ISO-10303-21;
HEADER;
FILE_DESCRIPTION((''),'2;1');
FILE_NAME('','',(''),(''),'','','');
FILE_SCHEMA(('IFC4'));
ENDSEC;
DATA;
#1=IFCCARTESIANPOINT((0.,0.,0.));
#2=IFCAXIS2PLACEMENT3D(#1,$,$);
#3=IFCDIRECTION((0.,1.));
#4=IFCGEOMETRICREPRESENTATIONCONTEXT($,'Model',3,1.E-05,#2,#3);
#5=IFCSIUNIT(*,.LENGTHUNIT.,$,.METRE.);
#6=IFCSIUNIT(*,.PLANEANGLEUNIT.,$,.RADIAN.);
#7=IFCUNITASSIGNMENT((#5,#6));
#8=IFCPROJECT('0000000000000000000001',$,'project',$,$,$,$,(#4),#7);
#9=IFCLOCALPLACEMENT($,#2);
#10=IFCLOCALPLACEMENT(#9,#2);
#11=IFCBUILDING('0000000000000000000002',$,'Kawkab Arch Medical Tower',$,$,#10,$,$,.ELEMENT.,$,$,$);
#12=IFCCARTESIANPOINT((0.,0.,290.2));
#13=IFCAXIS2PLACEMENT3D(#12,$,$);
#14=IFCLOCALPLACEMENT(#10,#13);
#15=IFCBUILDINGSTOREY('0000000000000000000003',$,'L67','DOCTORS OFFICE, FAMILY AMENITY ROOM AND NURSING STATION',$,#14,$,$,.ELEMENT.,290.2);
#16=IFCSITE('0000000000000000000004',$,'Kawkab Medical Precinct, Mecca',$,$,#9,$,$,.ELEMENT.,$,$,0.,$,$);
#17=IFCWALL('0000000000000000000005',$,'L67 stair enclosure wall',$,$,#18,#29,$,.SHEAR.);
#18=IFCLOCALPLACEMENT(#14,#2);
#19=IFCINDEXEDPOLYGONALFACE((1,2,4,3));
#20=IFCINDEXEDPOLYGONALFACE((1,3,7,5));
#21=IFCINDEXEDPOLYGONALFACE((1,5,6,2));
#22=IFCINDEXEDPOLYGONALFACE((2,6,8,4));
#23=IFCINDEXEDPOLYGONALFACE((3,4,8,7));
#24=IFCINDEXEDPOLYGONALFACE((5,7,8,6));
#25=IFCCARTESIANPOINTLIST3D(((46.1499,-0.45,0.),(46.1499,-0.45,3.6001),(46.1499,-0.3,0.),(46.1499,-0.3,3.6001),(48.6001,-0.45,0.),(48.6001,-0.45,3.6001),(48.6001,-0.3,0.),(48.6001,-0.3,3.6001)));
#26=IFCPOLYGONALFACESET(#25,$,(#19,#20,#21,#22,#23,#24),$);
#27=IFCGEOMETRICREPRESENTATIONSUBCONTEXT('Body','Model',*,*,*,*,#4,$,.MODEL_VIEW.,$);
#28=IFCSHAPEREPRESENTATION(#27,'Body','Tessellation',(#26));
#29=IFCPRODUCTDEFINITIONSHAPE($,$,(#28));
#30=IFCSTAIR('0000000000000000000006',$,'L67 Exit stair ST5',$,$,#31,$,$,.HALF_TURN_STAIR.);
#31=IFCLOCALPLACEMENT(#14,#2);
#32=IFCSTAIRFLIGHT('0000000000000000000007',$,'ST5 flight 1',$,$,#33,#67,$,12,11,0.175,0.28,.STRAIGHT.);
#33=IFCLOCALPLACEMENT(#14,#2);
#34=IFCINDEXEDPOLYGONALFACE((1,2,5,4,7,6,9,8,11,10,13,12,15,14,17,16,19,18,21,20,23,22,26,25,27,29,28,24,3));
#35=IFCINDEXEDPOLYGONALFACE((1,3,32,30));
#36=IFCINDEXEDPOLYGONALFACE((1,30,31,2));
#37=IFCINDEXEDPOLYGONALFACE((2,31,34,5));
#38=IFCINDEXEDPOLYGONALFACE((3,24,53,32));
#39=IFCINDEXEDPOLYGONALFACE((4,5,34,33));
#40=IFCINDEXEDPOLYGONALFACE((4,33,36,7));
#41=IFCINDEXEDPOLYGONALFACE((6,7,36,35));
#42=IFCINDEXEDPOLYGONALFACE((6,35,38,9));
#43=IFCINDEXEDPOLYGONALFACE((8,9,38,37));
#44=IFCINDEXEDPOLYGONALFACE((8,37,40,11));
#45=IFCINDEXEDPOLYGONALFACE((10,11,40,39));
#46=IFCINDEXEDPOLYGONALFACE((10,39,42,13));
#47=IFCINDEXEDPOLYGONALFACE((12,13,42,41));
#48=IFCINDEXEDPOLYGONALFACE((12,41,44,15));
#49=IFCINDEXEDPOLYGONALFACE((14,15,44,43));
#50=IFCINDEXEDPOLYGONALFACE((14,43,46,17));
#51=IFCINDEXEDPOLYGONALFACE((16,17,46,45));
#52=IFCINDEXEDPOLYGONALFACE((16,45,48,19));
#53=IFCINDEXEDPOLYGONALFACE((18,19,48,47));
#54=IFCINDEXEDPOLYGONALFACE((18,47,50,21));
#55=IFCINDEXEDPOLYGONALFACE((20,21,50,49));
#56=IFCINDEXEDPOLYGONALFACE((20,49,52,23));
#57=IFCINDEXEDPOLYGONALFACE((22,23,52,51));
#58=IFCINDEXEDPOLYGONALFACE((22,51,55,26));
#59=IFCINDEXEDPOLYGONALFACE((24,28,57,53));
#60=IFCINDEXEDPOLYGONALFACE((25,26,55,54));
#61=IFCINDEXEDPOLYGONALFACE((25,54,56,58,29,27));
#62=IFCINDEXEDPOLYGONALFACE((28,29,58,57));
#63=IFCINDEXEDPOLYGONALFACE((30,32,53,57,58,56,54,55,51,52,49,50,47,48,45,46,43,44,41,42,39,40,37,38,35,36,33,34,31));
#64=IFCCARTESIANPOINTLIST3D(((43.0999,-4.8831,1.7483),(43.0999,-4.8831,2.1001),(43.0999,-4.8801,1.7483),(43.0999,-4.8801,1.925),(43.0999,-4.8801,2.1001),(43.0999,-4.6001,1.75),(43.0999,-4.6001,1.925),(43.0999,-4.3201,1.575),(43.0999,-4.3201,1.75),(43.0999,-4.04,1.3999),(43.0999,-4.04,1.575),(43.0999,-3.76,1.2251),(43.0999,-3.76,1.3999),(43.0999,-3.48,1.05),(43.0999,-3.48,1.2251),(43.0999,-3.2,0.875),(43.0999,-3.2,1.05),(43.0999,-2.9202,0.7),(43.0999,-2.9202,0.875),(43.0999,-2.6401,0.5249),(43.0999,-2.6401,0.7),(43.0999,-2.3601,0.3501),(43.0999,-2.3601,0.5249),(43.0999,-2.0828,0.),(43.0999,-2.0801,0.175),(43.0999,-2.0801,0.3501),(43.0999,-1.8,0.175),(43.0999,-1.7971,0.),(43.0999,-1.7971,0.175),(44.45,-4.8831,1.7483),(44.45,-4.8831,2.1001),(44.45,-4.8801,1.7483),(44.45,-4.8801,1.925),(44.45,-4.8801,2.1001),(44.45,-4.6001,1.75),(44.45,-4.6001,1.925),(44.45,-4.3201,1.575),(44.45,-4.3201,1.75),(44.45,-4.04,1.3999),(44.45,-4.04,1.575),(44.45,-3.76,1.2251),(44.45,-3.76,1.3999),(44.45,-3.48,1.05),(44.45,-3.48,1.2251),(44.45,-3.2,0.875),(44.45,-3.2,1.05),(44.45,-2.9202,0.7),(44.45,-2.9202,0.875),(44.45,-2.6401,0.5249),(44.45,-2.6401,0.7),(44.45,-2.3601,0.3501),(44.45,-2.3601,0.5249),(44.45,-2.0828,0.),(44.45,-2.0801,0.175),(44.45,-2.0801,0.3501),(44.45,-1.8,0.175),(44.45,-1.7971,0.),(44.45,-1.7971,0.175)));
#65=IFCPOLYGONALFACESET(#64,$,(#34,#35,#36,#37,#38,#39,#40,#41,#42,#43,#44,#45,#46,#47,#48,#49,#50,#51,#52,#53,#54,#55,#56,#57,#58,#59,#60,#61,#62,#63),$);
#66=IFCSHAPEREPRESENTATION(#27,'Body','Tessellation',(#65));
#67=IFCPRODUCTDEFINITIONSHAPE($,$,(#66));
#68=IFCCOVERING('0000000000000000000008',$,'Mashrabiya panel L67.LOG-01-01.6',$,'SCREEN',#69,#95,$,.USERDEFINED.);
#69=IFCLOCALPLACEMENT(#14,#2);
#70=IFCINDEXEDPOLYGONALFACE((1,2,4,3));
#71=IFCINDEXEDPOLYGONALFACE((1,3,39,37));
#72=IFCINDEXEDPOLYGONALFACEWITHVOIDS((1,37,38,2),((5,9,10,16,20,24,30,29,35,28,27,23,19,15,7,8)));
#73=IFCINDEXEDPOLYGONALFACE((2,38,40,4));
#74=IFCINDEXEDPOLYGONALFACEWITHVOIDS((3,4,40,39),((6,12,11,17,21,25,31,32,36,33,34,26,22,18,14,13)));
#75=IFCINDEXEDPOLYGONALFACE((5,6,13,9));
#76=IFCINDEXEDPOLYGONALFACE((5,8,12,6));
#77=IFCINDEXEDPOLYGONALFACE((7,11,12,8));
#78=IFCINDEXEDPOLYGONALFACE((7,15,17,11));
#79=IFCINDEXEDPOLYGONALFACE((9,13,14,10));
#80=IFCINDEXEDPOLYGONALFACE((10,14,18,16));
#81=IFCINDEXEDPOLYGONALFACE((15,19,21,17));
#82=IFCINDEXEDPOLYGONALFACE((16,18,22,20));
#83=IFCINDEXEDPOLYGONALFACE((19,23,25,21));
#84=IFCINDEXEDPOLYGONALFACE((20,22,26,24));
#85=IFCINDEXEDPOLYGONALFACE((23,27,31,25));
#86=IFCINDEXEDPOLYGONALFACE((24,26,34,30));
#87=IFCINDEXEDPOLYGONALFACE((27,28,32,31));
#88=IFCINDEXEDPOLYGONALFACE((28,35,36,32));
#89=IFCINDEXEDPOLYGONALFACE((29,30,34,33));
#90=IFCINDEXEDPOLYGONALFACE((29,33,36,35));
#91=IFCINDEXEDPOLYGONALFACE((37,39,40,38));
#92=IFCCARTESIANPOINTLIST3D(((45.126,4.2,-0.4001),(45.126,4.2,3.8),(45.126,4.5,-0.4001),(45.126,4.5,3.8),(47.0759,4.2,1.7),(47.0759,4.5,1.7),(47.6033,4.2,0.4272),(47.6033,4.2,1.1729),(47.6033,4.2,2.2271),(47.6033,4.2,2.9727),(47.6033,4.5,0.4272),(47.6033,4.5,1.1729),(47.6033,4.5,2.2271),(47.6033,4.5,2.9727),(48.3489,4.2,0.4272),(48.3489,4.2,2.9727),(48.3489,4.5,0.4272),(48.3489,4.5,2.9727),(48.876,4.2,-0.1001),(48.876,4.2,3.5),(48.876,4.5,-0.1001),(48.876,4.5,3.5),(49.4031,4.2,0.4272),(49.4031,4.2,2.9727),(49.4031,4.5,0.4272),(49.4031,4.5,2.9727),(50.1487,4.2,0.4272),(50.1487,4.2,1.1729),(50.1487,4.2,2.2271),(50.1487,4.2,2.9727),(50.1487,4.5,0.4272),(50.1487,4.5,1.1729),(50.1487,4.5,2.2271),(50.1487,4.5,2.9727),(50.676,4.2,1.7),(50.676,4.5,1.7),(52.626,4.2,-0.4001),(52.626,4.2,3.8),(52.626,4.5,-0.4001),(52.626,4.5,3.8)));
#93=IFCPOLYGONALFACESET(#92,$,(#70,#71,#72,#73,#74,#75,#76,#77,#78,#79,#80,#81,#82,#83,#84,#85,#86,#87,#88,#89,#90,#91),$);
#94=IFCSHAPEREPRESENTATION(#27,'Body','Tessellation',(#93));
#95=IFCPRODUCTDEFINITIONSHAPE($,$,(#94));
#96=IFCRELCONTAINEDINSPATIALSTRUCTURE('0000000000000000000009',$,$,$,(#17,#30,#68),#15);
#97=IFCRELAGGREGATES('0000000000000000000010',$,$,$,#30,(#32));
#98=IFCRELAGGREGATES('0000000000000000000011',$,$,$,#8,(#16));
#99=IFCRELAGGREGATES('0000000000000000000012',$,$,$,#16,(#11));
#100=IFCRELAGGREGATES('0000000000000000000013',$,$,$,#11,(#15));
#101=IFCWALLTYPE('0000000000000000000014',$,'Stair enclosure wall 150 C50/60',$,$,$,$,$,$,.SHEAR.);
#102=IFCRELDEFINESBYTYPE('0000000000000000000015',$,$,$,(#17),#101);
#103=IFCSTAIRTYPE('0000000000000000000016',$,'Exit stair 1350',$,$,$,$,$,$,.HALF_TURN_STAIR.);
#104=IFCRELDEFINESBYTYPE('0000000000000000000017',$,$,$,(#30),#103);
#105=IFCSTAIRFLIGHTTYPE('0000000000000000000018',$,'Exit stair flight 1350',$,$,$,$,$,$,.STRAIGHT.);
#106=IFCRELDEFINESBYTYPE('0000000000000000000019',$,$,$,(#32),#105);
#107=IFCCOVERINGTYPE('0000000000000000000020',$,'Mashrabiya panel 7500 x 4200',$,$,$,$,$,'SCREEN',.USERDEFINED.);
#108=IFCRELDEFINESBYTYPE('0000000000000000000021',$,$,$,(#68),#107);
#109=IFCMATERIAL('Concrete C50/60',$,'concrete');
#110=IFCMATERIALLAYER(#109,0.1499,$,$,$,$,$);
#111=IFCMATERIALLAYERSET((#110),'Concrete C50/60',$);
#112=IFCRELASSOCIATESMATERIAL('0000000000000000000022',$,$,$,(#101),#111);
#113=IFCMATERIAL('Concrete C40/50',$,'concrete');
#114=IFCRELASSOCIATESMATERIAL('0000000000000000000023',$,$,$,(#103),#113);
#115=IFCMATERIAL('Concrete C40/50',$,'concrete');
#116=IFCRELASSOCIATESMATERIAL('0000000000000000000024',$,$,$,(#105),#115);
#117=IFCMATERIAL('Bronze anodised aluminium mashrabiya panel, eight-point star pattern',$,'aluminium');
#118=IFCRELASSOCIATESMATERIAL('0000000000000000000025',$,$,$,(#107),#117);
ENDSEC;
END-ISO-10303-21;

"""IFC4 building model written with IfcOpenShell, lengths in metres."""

from ifc_helpers import new_model, si_unit, direction, frame, frame_2d, origin, place, context, subcontext, project, spatial, polyline, rectangle, outline, extrude, material, layer, layer_set, material_profile, profile_set, type_object, element, aggregate, save


model = new_model("IFC4")

# Units and contexts
model_context = context("Model", 3, precision=1e-05, world=origin(), true_north=direction((0.0, 1.0)))
body_context = subcontext(model_context, "Body", "Model", "MODEL_VIEW")
ifc_project = project(units=[si_unit("LENGTHUNIT", "METRE"), si_unit("PLANEANGLEUNIT", "RADIAN")], contexts=[model_context])

# Site, building, storey
site_placement = place(None, origin())
site = spatial("IfcSite", under=ifc_project, at=site_placement, Name="Kawkab Medical Precinct, Mecca", CompositionType="ELEMENT", RefElevation=0.0)
building_placement = place(site_placement, origin())
building = spatial("IfcBuilding", under=site, at=building_placement, Name="Kawkab Arch Medical Tower", CompositionType="ELEMENT")
storey_placement = place(building_placement, frame((0.0, 0.0, 290.2)))
storey = spatial("IfcBuildingStorey", under=building, at=storey_placement, Name="L67", Description="DOCTORS OFFICE, FAMILY AMENITY ROOM AND NURSING STATION", CompositionType="ELEMENT", Elevation=290.2)

# Shared definitions
placement = place(storey_placement, origin())

# Wall
ifc_material_1 = material(Name="Concrete C50/60", Category="concrete")
ifc_layer_1 = layer(ifc_material_1, 0.1499)
ifc_layer_set_1 = layer_set([ifc_layer_1], Name="Concrete C50/60")
wall_type_1 = type_object("IfcWallType", Name="Stair enclosure wall 150 C50/60", PredefinedType="SHEAR", material=ifc_layer_set_1)
wall_1_placement = place(storey_placement, frame((46.1499, -0.375, 0.0), z_axis=(0.0, 0.0, 1.0), x_axis=(1.0, 0.0, 0.0)))
element("IfcWall", 1, at=wall_1_placement, inside=storey, type_object=wall_type_1, Name="L67 stair enclosure wall", PredefinedType="SHEAR", context=body_context, shape_type="SweptSolid", body=[
    extrude(rectangle(XDim=2.4502, YDim=0.1499, at=frame_2d((1.2251, 0.0))), origin(), (0.0, 0.0, 1.0), 3.6001),
])

# Stair, stair flight
ifc_material_2 = material(Name="Concrete C40/50", Category="concrete")
stair_type = type_object("IfcStairType", Name="Exit stair 1350", PredefinedType="HALF_TURN_STAIR", material=ifc_material_2)
stair = element("IfcStair", 2, at=placement, inside=storey, type_object=stair_type, Name="L67 Exit stair ST5", PredefinedType="HALF_TURN_STAIR")
ifc_material_3 = material(Name="Concrete C40/50", Category="concrete")
stair_flight_type = type_object("IfcStairFlightType", Name="Exit stair flight 1350", PredefinedType="STRAIGHT", material=ifc_material_3)
stair_flight_placement = place(storey_placement, frame((43.7749, -1.8, 0.0), z_axis=(0.0, 0.0, 1.0), x_axis=(0.0, -1.0, 0.0)))
stair_flight = element("IfcStairFlight", 3, at=stair_flight_placement, type_object=stair_flight_type, Name="ST5 flight 1", NumberOfRisers=12, NumberOfTreads=11, PredefinedType="STRAIGHT", RiserHeight=0.175, TreadLength=0.28, context=body_context, shape_type="SweptSolid", body=[
    extrude(outline(polyline([(-0.0029, 0.0), (-0.0029, 0.175), (0.0, 0.175), (0.28, 0.175), (0.28, 0.3501), (0.5601, 0.3501), (0.5601, 0.5249), (0.8401, 0.5249), (0.8401, 0.7), (1.1201, 0.7), (1.1201, 0.875), (1.3999, 0.875), (1.3999, 1.05), (1.6799, 1.05), (1.6799, 1.2251), (1.96, 1.2251), (1.96, 1.3999), (2.24, 1.3999), (2.24, 1.575), (2.52, 1.575), (2.52, 1.75), (2.8, 1.75), (2.8, 1.925), (3.0801, 1.925), (3.0801, 2.1001), (3.083, 2.1001), (3.083, 1.7483), (3.0801, 1.7483), (0.2827, 0.0), (-0.0029, 0.0)])), frame((0.0, 0.675, 0.0), z_axis=(0.0, -1.0, 0.0), x_axis=(1.0, 0.0, 0.0)), (0.0, 0.0, 1.0), 1.3501),
])
aggregate(stair, [stair_flight])

# Covering
ifc_material_4 = material(Name="Bronze anodised aluminium mashrabiya panel, eight-point star pattern", Category="aluminium")
ifc_material_profile_1 = material_profile(ifc_material_4, outline(polyline([(-3.75, -2.1001), (3.75, -2.1001), (3.75, 2.1001), (-3.75, 2.1001), (-3.75, -2.1001)]), holes=[polyline([(1.8, 0.0), (1.2727, 0.5271), (1.2727, 1.2727), (0.5271, 1.2727), (0.0, 1.8), (-0.5271, 1.2727), (-1.2727, 1.2727), (-1.2727, 0.5271), (-1.8, 0.0), (-1.2727, -0.5271), (-1.2727, -1.2727), (-0.5271, -1.2727), (0.0, -1.8), (0.5271, -1.2727), (1.2727, -1.2727), (1.2727, -0.5271), (1.8, 0.0)])]), Name="Mashrabiya panel 7500x4200")
ifc_profile_set_1 = profile_set([ifc_material_profile_1], Name="Bronze anodised aluminium mashrabiya panel, eight-point star pattern")
covering_type = type_object("IfcCoveringType", Name="Mashrabiya panel 7500 x 4200", ElementType="SCREEN", PredefinedType="USERDEFINED", material=ifc_profile_set_1)
covering_placement = place(storey_placement, frame((48.876, 4.2, 1.7), z_axis=(0.0, 1.0, 0.0), x_axis=(-1.0, 0.0, 0.0)))
element("IfcCovering", 4, at=covering_placement, inside=storey, type_object=covering_type, Name="Mashrabiya panel L67.LOG-01-01.6", ObjectType="SCREEN", PredefinedType="USERDEFINED", context=body_context, shape_type="SweptSolid", body=[
    extrude(outline(polyline([(-3.75, -2.1001), (3.75, -2.1001), (3.75, 2.1001), (-3.75, 2.1001), (-3.75, -2.1001)]), holes=[polyline([(1.8, 0.0), (1.2727, 0.5271), (1.2727, 1.2727), (0.5271, 1.2727), (0.0, 1.8), (-0.5271, 1.2727), (-1.2727, 1.2727), (-1.2727, 0.5271), (-1.8, 0.0), (-1.2727, -0.5271), (-1.2727, -1.2727), (-0.5271, -1.2727), (0.0, -1.8), (0.5271, -1.2727), (1.2727, -1.2727), (1.2727, -0.5271), (1.8, 0.0)])]), origin(), (0.0, 0.0, 1.0), 0.3),
])

save(model, "model.ifc")
